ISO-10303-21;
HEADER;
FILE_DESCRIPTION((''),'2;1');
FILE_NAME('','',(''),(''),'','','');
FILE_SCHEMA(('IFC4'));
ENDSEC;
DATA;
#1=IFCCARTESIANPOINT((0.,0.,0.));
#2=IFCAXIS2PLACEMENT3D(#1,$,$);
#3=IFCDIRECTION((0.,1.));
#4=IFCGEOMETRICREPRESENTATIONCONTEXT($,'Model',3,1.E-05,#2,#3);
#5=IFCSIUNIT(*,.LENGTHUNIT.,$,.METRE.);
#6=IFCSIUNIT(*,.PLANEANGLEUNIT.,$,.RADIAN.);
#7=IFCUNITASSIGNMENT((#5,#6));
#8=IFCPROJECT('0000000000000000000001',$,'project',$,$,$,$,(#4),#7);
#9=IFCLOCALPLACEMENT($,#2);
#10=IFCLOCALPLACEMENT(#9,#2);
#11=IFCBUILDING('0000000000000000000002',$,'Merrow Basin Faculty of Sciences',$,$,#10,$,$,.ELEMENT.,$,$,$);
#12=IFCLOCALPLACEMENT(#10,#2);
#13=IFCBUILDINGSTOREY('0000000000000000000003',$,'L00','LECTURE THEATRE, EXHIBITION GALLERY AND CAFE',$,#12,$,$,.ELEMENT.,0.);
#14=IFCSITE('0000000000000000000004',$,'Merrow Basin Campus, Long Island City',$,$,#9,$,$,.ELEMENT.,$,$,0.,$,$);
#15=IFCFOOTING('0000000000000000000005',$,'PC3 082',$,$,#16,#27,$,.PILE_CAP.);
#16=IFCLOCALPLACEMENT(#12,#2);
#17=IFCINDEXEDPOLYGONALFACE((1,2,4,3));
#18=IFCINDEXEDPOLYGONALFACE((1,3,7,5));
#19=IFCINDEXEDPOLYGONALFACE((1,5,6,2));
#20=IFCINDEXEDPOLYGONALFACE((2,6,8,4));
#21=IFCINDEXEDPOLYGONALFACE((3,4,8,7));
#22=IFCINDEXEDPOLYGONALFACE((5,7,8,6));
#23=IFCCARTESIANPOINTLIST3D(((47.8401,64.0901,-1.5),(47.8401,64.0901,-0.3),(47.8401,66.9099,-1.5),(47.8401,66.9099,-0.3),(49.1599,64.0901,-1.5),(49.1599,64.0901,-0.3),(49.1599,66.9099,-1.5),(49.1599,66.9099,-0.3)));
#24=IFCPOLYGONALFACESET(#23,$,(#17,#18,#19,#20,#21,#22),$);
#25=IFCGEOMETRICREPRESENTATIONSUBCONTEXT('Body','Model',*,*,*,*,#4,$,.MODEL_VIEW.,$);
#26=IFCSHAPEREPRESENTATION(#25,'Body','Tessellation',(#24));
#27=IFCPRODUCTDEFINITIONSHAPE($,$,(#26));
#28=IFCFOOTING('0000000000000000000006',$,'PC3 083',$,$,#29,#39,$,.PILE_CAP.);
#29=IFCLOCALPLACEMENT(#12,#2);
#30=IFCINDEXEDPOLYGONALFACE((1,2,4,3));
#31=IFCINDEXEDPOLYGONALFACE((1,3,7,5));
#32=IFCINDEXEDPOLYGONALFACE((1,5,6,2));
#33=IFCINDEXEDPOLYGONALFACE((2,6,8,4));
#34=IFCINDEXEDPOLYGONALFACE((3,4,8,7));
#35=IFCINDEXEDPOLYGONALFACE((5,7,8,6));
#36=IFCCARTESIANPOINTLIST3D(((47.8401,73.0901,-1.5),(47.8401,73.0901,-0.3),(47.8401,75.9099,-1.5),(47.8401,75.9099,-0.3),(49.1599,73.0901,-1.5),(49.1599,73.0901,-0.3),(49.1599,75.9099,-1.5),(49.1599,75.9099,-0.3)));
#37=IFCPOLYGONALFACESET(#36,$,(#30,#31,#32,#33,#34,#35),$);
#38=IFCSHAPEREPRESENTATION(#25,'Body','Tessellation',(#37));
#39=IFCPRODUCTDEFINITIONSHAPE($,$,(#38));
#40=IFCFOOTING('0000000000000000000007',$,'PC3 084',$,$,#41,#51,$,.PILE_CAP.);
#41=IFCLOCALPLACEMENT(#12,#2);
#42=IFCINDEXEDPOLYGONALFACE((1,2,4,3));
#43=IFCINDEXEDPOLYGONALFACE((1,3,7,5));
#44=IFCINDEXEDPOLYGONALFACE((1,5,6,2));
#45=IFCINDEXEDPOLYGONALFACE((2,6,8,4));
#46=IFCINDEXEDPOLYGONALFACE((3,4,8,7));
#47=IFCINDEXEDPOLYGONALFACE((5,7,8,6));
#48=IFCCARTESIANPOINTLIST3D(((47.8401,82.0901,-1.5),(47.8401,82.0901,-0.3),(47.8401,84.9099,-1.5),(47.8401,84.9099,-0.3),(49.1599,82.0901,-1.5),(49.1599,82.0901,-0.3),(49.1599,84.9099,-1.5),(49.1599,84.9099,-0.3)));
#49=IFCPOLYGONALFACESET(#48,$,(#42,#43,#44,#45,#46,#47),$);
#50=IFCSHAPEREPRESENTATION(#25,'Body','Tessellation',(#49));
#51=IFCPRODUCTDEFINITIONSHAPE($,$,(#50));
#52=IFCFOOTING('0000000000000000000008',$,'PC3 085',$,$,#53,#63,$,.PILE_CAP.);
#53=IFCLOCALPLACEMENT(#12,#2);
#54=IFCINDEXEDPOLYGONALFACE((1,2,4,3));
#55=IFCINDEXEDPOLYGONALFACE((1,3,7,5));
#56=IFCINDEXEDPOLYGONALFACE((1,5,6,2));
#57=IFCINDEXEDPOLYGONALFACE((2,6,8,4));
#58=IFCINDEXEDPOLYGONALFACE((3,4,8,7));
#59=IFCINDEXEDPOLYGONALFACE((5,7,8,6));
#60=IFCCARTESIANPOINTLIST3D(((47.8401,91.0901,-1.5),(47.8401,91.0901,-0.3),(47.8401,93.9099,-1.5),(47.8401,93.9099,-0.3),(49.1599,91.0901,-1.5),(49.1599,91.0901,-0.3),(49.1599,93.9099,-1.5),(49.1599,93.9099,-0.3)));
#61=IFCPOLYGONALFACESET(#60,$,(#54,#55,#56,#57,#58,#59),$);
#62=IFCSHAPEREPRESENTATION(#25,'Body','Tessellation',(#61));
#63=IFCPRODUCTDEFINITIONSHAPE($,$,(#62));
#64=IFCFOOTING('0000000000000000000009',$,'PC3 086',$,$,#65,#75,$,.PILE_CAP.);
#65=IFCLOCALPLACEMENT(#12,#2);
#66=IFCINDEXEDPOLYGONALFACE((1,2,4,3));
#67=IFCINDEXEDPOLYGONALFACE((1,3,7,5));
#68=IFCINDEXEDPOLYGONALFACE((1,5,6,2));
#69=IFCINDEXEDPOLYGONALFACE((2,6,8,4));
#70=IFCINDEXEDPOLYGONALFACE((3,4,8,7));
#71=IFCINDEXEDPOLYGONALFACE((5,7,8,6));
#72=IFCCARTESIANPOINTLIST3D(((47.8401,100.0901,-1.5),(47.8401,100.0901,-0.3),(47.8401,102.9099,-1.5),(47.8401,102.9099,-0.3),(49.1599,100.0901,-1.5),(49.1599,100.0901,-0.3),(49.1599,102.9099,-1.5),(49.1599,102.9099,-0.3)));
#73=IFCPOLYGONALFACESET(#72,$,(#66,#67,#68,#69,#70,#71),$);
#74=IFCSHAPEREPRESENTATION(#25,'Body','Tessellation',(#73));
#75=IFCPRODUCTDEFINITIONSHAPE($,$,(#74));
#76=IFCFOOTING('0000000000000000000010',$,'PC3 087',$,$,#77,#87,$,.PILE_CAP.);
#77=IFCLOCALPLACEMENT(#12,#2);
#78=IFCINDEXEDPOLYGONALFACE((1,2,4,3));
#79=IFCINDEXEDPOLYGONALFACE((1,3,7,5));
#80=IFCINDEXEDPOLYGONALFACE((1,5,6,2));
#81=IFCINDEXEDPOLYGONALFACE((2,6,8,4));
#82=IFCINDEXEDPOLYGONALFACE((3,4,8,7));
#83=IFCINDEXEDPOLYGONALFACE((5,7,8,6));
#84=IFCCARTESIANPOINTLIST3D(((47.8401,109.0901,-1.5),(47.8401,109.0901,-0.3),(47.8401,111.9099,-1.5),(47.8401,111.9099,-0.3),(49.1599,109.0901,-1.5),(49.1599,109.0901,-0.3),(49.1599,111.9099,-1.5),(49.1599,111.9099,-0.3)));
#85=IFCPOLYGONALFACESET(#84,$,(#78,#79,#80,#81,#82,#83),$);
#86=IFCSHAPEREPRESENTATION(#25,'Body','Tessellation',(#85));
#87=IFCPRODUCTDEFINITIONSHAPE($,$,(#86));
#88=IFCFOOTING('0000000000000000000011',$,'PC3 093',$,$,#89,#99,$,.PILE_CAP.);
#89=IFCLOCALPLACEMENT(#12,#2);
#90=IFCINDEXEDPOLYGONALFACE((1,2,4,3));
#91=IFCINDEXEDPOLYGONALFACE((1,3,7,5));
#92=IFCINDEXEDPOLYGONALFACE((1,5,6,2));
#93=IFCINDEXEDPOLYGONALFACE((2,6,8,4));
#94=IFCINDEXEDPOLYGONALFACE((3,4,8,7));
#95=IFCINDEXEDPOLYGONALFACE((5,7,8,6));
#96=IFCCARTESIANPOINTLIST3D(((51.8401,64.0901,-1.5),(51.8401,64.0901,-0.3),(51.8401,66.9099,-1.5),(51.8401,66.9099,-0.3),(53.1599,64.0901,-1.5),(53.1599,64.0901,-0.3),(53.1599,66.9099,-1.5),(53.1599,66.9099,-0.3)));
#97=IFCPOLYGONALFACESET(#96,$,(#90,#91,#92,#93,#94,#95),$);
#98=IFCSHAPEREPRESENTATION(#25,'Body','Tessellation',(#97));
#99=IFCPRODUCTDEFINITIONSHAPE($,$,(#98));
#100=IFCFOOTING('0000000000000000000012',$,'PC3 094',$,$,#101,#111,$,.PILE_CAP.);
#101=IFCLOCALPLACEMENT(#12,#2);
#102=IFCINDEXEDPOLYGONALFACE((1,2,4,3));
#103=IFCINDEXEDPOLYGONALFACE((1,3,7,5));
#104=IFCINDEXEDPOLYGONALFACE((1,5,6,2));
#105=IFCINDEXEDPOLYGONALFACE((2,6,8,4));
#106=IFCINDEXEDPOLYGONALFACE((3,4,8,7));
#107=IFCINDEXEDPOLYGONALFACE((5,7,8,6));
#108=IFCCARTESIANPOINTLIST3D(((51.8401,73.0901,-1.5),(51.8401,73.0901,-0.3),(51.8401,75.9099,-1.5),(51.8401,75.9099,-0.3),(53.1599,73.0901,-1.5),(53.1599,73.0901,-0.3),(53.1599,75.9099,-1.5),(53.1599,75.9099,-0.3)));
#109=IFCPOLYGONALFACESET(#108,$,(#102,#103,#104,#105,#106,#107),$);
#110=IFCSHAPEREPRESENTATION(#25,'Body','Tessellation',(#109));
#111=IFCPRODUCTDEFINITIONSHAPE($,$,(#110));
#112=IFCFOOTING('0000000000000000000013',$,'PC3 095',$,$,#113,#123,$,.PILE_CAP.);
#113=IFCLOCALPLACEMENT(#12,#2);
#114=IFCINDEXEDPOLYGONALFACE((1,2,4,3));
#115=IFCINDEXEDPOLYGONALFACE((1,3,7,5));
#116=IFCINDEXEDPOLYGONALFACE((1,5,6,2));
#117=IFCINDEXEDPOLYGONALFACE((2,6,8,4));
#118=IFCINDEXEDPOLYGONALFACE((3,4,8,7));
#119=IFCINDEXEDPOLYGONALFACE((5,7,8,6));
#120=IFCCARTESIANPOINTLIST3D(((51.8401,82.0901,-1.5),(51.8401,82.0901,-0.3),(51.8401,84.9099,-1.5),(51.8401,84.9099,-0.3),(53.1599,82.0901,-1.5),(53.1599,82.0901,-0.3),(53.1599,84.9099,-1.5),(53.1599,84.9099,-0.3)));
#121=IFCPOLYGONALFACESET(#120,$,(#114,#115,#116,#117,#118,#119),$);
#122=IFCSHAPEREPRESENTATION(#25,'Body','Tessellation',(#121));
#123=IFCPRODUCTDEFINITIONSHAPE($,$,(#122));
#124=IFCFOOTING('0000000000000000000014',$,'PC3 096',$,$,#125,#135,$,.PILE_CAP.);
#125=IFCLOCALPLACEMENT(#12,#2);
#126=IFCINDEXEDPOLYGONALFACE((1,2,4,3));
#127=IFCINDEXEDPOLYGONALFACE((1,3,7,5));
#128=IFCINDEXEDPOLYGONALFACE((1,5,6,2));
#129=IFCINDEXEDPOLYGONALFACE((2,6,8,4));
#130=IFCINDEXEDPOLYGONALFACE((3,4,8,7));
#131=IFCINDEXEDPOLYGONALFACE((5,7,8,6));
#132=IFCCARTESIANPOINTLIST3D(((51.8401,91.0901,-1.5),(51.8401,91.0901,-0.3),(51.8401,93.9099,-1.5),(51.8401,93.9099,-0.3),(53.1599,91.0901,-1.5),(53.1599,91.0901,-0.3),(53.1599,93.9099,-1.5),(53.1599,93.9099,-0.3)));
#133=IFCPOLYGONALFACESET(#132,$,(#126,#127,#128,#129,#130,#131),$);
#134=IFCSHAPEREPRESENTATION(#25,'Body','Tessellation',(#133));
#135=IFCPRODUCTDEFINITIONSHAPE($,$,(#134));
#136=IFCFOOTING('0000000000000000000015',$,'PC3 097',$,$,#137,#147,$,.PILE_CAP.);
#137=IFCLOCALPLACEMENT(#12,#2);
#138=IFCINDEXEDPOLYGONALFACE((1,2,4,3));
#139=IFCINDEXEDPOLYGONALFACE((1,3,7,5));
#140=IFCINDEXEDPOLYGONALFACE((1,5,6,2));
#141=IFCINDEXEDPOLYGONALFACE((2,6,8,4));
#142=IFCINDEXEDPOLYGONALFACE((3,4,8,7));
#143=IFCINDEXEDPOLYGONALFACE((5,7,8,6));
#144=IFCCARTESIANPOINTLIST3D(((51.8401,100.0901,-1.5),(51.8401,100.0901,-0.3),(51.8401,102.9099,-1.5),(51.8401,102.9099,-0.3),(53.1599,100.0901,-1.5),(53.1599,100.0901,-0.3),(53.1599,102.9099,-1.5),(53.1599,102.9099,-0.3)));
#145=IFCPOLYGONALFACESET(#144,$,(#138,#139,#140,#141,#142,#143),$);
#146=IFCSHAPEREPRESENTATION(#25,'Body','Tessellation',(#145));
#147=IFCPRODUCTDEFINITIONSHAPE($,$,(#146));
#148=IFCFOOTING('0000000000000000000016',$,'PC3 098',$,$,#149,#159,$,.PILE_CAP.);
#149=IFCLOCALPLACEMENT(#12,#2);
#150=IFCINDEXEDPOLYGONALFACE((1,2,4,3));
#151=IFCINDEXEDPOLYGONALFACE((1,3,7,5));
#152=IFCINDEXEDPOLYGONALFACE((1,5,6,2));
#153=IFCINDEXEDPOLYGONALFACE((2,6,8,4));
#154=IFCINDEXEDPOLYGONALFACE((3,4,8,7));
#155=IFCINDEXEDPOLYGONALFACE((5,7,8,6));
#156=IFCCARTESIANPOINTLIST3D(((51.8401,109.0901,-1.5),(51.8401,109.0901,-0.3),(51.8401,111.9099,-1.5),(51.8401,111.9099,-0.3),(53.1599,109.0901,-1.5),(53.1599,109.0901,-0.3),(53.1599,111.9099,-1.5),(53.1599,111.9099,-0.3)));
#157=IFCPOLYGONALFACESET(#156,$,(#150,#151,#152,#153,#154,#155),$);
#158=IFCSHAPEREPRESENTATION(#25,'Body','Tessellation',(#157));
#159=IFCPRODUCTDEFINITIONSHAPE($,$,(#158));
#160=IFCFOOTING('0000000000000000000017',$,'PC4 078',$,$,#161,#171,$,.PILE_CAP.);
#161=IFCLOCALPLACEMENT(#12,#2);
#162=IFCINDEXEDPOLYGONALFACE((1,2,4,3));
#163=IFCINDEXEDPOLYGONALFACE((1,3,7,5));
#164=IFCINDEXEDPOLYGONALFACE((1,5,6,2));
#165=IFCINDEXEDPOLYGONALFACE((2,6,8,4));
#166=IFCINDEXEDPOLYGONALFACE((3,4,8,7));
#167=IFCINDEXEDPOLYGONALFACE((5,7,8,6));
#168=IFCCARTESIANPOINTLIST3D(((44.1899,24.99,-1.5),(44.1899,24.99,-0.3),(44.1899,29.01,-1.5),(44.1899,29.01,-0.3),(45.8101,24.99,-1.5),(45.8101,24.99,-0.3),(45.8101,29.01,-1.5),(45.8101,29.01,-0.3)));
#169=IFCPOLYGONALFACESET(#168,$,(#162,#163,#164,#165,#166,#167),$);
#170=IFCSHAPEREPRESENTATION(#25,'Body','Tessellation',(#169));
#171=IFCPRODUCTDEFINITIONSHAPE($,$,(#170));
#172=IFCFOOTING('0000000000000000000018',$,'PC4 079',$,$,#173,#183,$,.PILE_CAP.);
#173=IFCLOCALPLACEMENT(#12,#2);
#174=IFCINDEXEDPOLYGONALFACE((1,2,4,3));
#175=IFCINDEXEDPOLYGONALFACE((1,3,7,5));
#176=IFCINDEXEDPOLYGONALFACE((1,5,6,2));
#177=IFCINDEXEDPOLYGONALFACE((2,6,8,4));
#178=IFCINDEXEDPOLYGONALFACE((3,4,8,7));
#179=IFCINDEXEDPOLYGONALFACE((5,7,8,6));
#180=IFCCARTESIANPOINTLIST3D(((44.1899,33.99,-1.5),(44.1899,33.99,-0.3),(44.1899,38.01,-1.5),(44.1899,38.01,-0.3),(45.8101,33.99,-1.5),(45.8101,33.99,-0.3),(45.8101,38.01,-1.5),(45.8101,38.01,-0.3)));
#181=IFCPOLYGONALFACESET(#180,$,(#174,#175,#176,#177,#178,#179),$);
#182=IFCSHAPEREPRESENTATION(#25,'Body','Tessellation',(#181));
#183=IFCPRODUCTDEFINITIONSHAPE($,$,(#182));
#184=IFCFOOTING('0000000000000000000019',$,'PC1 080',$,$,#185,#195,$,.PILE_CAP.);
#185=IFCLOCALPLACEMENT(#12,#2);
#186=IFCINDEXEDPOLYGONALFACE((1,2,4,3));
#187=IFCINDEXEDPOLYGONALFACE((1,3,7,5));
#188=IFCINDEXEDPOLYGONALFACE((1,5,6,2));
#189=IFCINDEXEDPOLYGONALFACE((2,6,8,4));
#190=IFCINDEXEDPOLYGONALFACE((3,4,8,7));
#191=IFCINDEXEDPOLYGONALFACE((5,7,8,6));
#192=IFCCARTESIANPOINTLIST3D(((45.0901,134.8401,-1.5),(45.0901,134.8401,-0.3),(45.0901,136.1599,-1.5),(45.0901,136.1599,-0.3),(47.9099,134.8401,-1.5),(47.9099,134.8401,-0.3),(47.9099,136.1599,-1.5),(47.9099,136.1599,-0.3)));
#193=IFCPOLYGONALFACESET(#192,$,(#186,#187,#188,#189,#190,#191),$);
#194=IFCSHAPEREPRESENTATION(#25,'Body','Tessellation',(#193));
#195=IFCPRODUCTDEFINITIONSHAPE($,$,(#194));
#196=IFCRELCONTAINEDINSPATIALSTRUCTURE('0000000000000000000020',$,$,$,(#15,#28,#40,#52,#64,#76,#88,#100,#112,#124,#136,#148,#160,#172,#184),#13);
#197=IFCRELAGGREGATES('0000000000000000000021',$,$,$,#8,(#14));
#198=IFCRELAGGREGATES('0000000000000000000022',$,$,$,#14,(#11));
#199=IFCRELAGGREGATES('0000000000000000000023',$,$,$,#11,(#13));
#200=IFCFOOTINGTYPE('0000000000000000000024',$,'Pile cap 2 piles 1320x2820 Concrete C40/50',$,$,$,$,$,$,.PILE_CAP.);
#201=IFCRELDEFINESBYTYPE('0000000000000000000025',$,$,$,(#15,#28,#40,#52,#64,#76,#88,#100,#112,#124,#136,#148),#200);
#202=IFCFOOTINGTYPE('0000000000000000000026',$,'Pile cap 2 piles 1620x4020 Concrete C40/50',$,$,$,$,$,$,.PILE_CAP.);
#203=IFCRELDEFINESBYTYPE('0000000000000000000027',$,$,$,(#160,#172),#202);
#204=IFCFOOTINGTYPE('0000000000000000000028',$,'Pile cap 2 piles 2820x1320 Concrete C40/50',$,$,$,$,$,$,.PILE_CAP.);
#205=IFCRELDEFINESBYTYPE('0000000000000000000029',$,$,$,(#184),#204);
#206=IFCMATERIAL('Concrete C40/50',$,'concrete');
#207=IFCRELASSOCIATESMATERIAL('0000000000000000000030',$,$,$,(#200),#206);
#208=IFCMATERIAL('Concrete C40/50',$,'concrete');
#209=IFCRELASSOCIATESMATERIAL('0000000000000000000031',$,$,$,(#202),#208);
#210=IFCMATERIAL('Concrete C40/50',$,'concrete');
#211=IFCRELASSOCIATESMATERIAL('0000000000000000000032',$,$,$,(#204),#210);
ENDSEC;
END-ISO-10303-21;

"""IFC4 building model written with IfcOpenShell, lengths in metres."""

from ifc_helpers import new_model, si_unit, direction, frame, origin, place, context, subcontext, project, spatial, polyline, outline, extrude, material, type_object, element, save


model = new_model("IFC4")

# Units and contexts
model_context = context("Model", 3, precision=1e-05, world=origin(), true_north=direction((0.0, 1.0)))
body_context = subcontext(model_context, "Body", "Model", "MODEL_VIEW")
ifc_project = project(units=[si_unit("LENGTHUNIT", "METRE"), si_unit("PLANEANGLEUNIT", "RADIAN")], contexts=[model_context])

# Site, building, storey
site_placement = place(None, origin())
site = spatial("IfcSite", under=ifc_project, at=site_placement, Name="Merrow Basin Campus, Long Island City", CompositionType="ELEMENT", RefElevation=0.0)
building_placement = place(site_placement, origin())
building = spatial("IfcBuilding", under=site, at=building_placement, Name="Merrow Basin Faculty of Sciences", CompositionType="ELEMENT")
storey_placement = place(building_placement, origin())
storey = spatial("IfcBuildingStorey", under=building, at=storey_placement, Name="L00", Description="LECTURE THEATRE, EXHIBITION GALLERY AND CAFE", CompositionType="ELEMENT", Elevation=0.0)

# Footings
ifc_material_1 = material(Name="Concrete C40/50", Category="concrete")
footing_type_1 = type_object("IfcFootingType", Name="Pile cap 2 piles 1320x2820 Concrete C40/50", PredefinedType="PILE_CAP", material=ifc_material_1)
footing_1_placement = place(storey_placement, frame((0.0, 0.0, -1.5)))
element("IfcFooting", 1, at=footing_1_placement, inside=storey, type_object=footing_type_1, Name="PC3 082", PredefinedType="PILE_CAP", context=body_context, shape_type="SweptSolid", body=[
    extrude(outline(polyline([(47.8401, 66.9099), (49.1599, 66.9099), (49.1599, 64.0901), (47.8401, 64.0901), (47.8401, 66.9099)])), origin(), (0.0, 0.0, 1.0), 1.2),
])
footing_2_placement = place(storey_placement, frame((0.0, 0.0, -1.5)))
element("IfcFooting", 2, at=footing_2_placement, inside=storey, type_object=footing_type_1, Name="PC3 083", PredefinedType="PILE_CAP", context=body_context, shape_type="SweptSolid", body=[
    extrude(outline(polyline([(47.8401, 75.9099), (49.1599, 75.9099), (49.1599, 73.0901), (47.8401, 73.0901), (47.8401, 75.9099)])), origin(), (0.0, 0.0, 1.0), 1.2),
])
footing_3_placement = place(storey_placement, frame((0.0, 0.0, -1.5)))
element("IfcFooting", 3, at=footing_3_placement, inside=storey, type_object=footing_type_1, Name="PC3 084", PredefinedType="PILE_CAP", context=body_context, shape_type="SweptSolid", body=[
    extrude(outline(polyline([(47.8401, 84.9099), (49.1599, 84.9099), (49.1599, 82.0901), (47.8401, 82.0901), (47.8401, 84.9099)])), origin(), (0.0, 0.0, 1.0), 1.2),
])
footing_4_placement = place(storey_placement, frame((0.0, 0.0, -1.5)))
element("IfcFooting", 4, at=footing_4_placement, inside=storey, type_object=footing_type_1, Name="PC3 085", PredefinedType="PILE_CAP", context=body_context, shape_type="SweptSolid", body=[
    extrude(outline(polyline([(47.8401, 93.9099), (49.1599, 93.9099), (49.1599, 91.0901), (47.8401, 91.0901), (47.8401, 93.9099)])), origin(), (0.0, 0.0, 1.0), 1.2),
])
footing_5_placement = place(storey_placement, frame((0.0, 0.0, -1.5)))
element("IfcFooting", 5, at=footing_5_placement, inside=storey, type_object=footing_type_1, Name="PC3 086", PredefinedType="PILE_CAP", context=body_context, shape_type="SweptSolid", body=[
    extrude(outline(polyline([(47.8401, 102.9099), (49.1599, 102.9099), (49.1599, 100.0901), (47.8401, 100.0901), (47.8401, 102.9099)])), origin(), (0.0, 0.0, 1.0), 1.2),
])
footing_6_placement = place(storey_placement, frame((0.0, 0.0, -1.5)))
element("IfcFooting", 6, at=footing_6_placement, inside=storey, type_object=footing_type_1, Name="PC3 087", PredefinedType="PILE_CAP", context=body_context, shape_type="SweptSolid", body=[
    extrude(outline(polyline([(47.8401, 111.9099), (49.1599, 111.9099), (49.1599, 109.0901), (47.8401, 109.0901), (47.8401, 111.9099)])), origin(), (0.0, 0.0, 1.0), 1.2),
])
footing_7_placement = place(storey_placement, frame((0.0, 0.0, -1.5)))
element("IfcFooting", 7, at=footing_7_placement, inside=storey, type_object=footing_type_1, Name="PC3 093", PredefinedType="PILE_CAP", context=body_context, shape_type="SweptSolid", body=[
    extrude(outline(polyline([(51.8401, 66.9099), (53.1599, 66.9099), (53.1599, 64.0901), (51.8401, 64.0901), (51.8401, 66.9099)])), origin(), (0.0, 0.0, 1.0), 1.2),
])
footing_8_placement = place(storey_placement, frame((0.0, 0.0, -1.5)))
element("IfcFooting", 8, at=footing_8_placement, inside=storey, type_object=footing_type_1, Name="PC3 094", PredefinedType="PILE_CAP", context=body_context, shape_type="SweptSolid", body=[
    extrude(outline(polyline([(51.8401, 73.0901), (51.8401, 75.9099), (53.1599, 75.9099), (53.1599, 73.0901), (51.8401, 73.0901)])), origin(), (0.0, 0.0, 1.0), 1.2),
])
footing_9_placement = place(storey_placement, frame((0.0, 0.0, -1.5)))
element("IfcFooting", 9, at=footing_9_placement, inside=storey, type_object=footing_type_1, Name="PC3 095", PredefinedType="PILE_CAP", context=body_context, shape_type="SweptSolid", body=[
    extrude(outline(polyline([(51.8401, 84.9099), (53.1599, 84.9099), (53.1599, 82.0901), (51.8401, 82.0901), (51.8401, 84.9099)])), origin(), (0.0, 0.0, 1.0), 1.2),
])
footing_10_placement = place(storey_placement, frame((0.0, 0.0, -1.5)))
element("IfcFooting", 10, at=footing_10_placement, inside=storey, type_object=footing_type_1, Name="PC3 096", PredefinedType="PILE_CAP", context=body_context, shape_type="SweptSolid", body=[
    extrude(outline(polyline([(51.8401, 93.9099), (53.1599, 93.9099), (53.1599, 91.0901), (51.8401, 91.0901), (51.8401, 93.9099)])), origin(), (0.0, 0.0, 1.0), 1.2),
])
footing_11_placement = place(storey_placement, frame((0.0, 0.0, -1.5)))
element("IfcFooting", 11, at=footing_11_placement, inside=storey, type_object=footing_type_1, Name="PC3 097", PredefinedType="PILE_CAP", context=body_context, shape_type="SweptSolid", body=[
    extrude(outline(polyline([(51.8401, 102.9099), (53.1599, 102.9099), (53.1599, 100.0901), (51.8401, 100.0901), (51.8401, 102.9099)])), origin(), (0.0, 0.0, 1.0), 1.2),
])
footing_12_placement = place(storey_placement, frame((0.0, 0.0, -1.5)))
element("IfcFooting", 12, at=footing_12_placement, inside=storey, type_object=footing_type_1, Name="PC3 098", PredefinedType="PILE_CAP", context=body_context, shape_type="SweptSolid", body=[
    extrude(outline(polyline([(51.8401, 111.9099), (53.1599, 111.9099), (53.1599, 109.0901), (51.8401, 109.0901), (51.8401, 111.9099)])), origin(), (0.0, 0.0, 1.0), 1.2),
])
ifc_material_2 = material(Name="Concrete C40/50", Category="concrete")
footing_type_2 = type_object("IfcFootingType", Name="Pile cap 2 piles 1620x4020 Concrete C40/50", PredefinedType="PILE_CAP", material=ifc_material_2)
footing_13_placement = place(storey_placement, frame((0.0, 0.0, -1.5)))
element("IfcFooting", 13, at=footing_13_placement, inside=storey, type_object=footing_type_2, Name="PC4 078", PredefinedType="PILE_CAP", context=body_context, shape_type="SweptSolid", body=[
    extrude(outline(polyline([(44.1899, 29.01), (45.8101, 29.01), (45.8101, 24.99), (44.1899, 24.99), (44.1899, 29.01)])), origin(), (0.0, 0.0, 1.0), 1.2),
])
footing_14_placement = place(storey_placement, frame((0.0, 0.0, -1.5)))
element("IfcFooting", 14, at=footing_14_placement, inside=storey, type_object=footing_type_2, Name="PC4 079", PredefinedType="PILE_CAP", context=body_context, shape_type="SweptSolid", body=[
    extrude(outline(polyline([(44.1899, 38.01), (45.8101, 38.01), (45.8101, 33.99), (44.1899, 33.99), (44.1899, 38.01)])), origin(), (0.0, 0.0, 1.0), 1.2),
])
ifc_material_3 = material(Name="Concrete C40/50", Category="concrete")
footing_type_3 = type_object("IfcFootingType", Name="Pile cap 2 piles 2820x1320 Concrete C40/50", PredefinedType="PILE_CAP", material=ifc_material_3)
footing_15_placement = place(storey_placement, frame((0.0, 0.0, -1.5)))
element("IfcFooting", 15, at=footing_15_placement, inside=storey, type_object=footing_type_3, Name="PC1 080", PredefinedType="PILE_CAP", context=body_context, shape_type="SweptSolid", body=[
    extrude(outline(polyline([(45.0901, 136.1599), (47.9099, 136.1599), (47.9099, 134.8401), (45.0901, 134.8401), (45.0901, 136.1599)])), origin(), (0.0, 0.0, 1.0), 1.2),
])

save(model, "model.ifc")
